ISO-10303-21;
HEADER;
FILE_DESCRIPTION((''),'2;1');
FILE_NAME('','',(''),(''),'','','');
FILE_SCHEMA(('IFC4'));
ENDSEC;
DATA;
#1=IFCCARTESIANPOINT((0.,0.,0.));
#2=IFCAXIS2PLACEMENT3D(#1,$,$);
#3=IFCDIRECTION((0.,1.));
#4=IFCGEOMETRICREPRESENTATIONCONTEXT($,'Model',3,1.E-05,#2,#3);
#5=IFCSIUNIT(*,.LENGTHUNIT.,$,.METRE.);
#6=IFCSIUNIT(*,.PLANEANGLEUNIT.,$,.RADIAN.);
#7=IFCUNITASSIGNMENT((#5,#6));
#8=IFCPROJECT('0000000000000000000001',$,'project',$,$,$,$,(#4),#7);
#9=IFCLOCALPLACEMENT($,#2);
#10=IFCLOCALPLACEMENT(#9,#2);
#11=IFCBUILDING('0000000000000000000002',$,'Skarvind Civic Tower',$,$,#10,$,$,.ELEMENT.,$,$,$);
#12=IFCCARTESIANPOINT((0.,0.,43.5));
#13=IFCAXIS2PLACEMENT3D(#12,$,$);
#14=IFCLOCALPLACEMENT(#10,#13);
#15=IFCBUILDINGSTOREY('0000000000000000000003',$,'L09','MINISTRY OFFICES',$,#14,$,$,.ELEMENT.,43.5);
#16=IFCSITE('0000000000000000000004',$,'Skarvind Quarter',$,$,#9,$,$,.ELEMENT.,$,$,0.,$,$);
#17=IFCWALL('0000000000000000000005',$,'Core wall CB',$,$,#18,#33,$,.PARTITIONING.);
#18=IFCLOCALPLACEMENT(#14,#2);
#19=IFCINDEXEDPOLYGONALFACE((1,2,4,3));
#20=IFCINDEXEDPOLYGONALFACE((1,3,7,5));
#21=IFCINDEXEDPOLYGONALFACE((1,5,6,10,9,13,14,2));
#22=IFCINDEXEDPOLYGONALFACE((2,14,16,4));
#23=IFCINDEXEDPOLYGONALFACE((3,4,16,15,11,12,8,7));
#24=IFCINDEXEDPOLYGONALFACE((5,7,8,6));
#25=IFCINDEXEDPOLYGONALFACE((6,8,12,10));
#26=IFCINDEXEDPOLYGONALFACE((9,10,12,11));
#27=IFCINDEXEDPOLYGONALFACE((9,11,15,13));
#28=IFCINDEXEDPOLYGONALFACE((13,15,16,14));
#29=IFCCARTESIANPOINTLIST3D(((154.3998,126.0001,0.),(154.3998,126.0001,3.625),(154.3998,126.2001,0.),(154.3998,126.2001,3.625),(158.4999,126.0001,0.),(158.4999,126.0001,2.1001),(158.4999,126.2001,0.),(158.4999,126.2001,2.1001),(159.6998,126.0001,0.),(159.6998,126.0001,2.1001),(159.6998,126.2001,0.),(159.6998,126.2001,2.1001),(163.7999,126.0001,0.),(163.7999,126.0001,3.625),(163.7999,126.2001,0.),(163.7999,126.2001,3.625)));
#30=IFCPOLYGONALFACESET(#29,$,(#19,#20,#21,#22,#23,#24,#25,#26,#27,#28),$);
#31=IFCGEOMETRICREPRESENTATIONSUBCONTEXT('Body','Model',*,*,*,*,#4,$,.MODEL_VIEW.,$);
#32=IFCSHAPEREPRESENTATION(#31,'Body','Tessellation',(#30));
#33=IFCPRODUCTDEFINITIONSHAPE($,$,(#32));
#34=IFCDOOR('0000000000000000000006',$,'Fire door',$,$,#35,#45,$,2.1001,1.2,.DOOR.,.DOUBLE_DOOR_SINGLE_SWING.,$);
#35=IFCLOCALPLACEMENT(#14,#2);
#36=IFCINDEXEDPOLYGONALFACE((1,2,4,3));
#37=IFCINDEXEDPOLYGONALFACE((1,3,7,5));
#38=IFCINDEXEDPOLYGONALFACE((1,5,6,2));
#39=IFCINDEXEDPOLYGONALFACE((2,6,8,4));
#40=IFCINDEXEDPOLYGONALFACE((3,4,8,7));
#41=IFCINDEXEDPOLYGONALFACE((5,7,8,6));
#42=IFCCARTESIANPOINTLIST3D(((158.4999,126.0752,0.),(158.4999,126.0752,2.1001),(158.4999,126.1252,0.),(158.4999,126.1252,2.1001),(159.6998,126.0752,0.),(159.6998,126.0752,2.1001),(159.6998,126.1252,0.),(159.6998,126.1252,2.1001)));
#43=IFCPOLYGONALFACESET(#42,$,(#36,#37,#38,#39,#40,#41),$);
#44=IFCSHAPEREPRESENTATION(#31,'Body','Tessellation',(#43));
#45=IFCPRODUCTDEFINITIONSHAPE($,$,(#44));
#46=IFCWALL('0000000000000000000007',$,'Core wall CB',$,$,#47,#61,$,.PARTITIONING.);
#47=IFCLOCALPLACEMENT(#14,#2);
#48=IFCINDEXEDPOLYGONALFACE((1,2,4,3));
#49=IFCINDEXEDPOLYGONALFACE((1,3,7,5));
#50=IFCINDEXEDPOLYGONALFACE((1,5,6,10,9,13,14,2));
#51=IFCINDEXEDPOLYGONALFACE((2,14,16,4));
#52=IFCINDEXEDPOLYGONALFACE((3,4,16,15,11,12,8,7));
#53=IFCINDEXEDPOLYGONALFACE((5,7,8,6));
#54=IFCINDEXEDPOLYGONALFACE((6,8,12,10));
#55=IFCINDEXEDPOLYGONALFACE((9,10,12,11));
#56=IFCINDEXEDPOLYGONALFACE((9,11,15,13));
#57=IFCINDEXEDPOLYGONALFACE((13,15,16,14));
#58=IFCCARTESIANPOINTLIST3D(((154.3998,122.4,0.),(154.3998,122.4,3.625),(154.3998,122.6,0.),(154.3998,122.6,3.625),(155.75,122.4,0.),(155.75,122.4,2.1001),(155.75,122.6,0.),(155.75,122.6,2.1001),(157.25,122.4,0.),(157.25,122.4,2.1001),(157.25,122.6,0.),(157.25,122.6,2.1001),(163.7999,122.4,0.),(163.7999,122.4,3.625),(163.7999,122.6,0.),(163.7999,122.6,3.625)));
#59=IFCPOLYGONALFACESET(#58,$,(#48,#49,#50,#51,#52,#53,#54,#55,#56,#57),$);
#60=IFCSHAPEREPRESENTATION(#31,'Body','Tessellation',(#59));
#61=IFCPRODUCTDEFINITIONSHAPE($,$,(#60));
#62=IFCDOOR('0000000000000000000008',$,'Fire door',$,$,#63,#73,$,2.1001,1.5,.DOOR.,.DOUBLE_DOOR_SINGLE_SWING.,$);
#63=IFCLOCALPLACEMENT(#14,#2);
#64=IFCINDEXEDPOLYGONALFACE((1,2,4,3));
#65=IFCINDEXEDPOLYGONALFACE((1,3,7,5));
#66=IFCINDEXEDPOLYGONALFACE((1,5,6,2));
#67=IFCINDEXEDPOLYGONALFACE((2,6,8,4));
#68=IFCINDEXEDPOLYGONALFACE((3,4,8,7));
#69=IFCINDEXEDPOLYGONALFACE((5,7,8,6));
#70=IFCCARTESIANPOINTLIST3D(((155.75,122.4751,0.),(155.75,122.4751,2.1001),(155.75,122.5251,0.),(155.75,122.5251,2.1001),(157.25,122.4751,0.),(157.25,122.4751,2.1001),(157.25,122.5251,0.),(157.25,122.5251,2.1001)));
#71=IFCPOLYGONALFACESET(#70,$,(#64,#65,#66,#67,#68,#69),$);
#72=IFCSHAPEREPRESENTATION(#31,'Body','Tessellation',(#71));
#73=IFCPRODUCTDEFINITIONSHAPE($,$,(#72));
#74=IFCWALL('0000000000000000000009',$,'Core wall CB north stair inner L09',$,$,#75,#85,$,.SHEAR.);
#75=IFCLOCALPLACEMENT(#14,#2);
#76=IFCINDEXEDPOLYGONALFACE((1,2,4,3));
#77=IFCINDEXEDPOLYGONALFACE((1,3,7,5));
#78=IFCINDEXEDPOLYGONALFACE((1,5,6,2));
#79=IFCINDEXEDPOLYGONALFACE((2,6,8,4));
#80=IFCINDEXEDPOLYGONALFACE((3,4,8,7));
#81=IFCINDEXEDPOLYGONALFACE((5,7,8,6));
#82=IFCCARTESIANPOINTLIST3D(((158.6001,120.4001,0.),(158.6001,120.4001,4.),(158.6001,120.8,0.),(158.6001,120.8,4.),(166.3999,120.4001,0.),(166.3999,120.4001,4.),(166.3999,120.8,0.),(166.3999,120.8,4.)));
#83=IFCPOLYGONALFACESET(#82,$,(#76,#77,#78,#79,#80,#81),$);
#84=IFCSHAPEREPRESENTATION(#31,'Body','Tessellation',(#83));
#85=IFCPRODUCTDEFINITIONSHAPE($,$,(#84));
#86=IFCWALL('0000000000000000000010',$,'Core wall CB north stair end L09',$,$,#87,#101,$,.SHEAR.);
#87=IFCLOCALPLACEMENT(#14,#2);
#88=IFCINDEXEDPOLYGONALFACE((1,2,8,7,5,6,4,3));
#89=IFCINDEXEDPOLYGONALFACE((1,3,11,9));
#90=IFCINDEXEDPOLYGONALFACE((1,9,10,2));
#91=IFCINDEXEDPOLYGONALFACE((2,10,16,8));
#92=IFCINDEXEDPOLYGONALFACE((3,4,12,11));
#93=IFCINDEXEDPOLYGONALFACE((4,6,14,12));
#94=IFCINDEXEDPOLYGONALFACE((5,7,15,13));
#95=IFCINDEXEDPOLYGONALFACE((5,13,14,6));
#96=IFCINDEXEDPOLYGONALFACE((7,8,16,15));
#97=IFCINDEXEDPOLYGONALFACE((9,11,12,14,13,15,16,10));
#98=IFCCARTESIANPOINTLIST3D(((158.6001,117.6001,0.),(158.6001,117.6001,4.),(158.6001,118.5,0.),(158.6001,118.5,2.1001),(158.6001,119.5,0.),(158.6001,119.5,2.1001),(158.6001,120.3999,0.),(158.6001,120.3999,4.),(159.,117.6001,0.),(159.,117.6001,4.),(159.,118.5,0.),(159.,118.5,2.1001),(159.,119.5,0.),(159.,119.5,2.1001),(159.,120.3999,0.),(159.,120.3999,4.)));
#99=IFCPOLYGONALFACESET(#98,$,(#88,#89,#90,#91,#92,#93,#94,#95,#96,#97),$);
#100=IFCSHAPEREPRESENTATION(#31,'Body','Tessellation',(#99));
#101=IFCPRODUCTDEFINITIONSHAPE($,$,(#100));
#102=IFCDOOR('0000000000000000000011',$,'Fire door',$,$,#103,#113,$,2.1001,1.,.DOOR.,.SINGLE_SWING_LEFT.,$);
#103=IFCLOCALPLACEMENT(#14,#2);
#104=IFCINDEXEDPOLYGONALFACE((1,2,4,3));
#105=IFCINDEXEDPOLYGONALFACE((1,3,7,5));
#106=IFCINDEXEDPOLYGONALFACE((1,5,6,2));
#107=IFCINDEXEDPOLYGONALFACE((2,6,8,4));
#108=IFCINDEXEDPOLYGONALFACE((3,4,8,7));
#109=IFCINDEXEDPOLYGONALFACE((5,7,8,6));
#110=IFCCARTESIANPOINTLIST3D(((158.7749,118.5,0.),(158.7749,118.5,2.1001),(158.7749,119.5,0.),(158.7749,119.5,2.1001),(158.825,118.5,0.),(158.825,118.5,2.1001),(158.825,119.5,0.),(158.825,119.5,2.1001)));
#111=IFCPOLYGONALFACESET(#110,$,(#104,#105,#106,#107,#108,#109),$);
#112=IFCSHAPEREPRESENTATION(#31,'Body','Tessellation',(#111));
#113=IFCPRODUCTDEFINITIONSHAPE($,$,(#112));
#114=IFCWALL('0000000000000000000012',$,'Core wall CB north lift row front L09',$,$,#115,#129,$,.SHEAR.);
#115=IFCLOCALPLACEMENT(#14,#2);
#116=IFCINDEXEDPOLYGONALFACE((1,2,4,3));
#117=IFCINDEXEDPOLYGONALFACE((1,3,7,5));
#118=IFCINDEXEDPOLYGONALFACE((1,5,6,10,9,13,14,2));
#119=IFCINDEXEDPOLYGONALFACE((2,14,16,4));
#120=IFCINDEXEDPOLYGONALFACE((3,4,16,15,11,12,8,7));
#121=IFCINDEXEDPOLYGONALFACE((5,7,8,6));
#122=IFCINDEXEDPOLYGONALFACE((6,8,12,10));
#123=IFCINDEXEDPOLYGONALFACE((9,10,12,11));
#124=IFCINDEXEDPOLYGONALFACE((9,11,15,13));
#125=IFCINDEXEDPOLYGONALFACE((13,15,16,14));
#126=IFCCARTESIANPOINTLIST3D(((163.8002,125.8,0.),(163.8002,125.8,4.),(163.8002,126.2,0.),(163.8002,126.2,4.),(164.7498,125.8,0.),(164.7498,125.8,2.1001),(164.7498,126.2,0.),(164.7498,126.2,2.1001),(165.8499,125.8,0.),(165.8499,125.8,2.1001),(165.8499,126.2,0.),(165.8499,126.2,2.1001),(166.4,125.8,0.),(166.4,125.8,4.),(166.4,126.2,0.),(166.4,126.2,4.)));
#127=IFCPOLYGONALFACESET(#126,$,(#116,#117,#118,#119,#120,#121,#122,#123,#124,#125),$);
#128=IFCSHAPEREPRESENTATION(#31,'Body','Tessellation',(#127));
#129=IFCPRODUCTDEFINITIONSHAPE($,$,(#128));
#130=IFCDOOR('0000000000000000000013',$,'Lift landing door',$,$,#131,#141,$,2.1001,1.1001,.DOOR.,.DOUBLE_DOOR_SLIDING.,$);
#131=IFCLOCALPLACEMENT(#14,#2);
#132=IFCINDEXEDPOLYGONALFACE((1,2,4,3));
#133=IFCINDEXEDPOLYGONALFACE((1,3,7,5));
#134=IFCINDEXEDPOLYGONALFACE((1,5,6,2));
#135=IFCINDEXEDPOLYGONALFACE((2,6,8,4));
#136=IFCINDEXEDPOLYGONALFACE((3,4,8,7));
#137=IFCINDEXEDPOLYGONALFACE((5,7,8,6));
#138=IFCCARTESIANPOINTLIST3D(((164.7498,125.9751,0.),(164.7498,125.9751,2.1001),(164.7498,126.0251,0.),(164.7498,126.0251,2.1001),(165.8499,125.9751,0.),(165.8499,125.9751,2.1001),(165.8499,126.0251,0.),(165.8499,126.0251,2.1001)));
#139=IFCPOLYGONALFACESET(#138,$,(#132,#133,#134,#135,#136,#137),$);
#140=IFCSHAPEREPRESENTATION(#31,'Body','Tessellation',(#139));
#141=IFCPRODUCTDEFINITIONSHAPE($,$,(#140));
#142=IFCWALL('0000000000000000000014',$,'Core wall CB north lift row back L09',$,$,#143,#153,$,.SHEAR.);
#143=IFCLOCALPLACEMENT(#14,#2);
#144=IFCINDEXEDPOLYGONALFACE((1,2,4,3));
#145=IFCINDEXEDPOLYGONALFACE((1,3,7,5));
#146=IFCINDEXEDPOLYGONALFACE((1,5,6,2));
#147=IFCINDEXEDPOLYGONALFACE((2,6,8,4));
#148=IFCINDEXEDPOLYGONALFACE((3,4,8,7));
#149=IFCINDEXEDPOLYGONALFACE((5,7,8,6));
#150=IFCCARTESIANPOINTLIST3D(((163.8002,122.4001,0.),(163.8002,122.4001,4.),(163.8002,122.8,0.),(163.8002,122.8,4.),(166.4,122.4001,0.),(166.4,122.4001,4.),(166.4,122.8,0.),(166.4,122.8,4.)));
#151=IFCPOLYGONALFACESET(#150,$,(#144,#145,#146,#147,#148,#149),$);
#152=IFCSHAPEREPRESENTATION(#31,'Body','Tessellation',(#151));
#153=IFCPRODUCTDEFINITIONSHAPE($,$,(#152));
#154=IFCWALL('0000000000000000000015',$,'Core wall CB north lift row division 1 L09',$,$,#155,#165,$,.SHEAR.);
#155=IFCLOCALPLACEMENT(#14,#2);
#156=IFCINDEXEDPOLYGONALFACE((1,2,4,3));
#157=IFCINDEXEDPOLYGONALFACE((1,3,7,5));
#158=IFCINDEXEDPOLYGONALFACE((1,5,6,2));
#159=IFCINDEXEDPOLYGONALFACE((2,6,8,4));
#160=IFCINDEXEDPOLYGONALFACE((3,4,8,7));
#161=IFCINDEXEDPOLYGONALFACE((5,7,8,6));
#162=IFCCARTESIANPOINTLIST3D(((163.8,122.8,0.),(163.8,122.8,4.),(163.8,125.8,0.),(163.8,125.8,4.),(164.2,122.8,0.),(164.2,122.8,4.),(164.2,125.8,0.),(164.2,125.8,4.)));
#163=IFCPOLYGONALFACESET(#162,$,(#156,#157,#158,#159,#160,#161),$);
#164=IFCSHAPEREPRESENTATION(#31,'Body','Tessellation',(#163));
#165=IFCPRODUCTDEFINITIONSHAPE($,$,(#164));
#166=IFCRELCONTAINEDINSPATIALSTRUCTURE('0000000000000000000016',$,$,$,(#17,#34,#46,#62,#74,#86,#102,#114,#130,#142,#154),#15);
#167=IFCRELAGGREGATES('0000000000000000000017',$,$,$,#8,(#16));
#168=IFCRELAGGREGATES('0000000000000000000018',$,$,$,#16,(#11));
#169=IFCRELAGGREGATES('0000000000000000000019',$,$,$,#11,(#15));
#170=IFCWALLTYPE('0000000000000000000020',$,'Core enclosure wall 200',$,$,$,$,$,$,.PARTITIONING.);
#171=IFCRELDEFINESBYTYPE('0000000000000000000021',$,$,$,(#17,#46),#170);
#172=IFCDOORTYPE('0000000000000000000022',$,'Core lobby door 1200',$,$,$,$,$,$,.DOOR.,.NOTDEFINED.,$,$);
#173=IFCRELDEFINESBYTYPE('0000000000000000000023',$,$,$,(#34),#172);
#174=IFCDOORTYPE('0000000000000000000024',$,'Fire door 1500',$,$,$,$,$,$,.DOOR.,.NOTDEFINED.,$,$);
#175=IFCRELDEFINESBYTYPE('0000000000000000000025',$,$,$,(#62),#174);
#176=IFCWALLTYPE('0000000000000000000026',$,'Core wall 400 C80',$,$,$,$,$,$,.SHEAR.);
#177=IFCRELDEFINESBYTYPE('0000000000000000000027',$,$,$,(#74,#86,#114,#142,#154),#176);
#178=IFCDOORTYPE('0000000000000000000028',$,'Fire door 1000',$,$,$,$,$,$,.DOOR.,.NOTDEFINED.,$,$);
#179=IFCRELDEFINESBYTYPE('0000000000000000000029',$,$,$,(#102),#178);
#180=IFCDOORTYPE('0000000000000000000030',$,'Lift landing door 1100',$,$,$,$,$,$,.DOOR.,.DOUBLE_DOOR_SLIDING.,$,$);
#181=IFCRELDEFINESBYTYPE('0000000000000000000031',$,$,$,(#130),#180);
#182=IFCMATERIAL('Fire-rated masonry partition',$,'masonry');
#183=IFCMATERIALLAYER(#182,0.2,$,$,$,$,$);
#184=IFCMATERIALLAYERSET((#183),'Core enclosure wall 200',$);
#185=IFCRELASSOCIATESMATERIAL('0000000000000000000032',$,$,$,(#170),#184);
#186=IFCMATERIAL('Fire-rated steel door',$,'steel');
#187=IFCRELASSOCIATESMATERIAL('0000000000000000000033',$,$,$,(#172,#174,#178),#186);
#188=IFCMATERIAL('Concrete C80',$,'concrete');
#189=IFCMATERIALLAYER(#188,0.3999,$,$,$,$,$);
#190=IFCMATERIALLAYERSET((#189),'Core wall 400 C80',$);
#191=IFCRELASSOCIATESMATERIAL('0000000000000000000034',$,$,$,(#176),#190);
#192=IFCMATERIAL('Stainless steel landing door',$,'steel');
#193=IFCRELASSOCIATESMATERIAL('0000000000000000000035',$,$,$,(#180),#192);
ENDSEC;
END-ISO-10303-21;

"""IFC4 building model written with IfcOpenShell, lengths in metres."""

from ifc_helpers import new_model, si_unit, direction, frame, frame_2d, origin, place, context, subcontext, project, spatial, rectangle, extrude, material, layer, layer_set, type_object, element, fill, save


model = new_model("IFC4")

# Units and contexts
model_context = context("Model", 3, precision=1e-05, world=origin(), true_north=direction((0.0, 1.0)))
body_context = subcontext(model_context, "Body", "Model", "MODEL_VIEW")
ifc_project = project(units=[si_unit("LENGTHUNIT", "METRE"), si_unit("PLANEANGLEUNIT", "RADIAN")], contexts=[model_context])

# Site, building, storey
site_placement = place(None, origin())
site = spatial("IfcSite", under=ifc_project, at=site_placement, Name="Skarvind Quarter", CompositionType="ELEMENT", RefElevation=0.0)
building_placement = place(site_placement, origin())
building = spatial("IfcBuilding", under=site, at=building_placement, Name="Skarvind Civic Tower", CompositionType="ELEMENT")
storey_placement = place(building_placement, frame((0.0, 0.0, 43.5)))
storey = spatial("IfcBuildingStorey", under=building, at=storey_placement, Name="L09", Description="MINISTRY OFFICES", CompositionType="ELEMENT", Elevation=43.5)

# Walls, openings, doors
ifc_material_1 = material(Name="Fire-rated masonry partition", Category="masonry")
ifc_layer_1 = layer(ifc_material_1, 0.2)
ifc_layer_set_1 = layer_set([ifc_layer_1], Name="Core enclosure wall 200")
wall_type_1 = type_object("IfcWallType", Name="Core enclosure wall 200", PredefinedType="PARTITIONING", material=ifc_layer_set_1)
wall_1_placement = place(storey_placement, frame((163.8, 126.1001, 0.0), z_axis=(0.0, 0.0, 1.0), x_axis=(-1.0, 0.0, 0.0)))
wall_1 = element("IfcWall", 1, at=wall_1_placement, inside=storey, type_object=wall_type_1, Name="Core wall CB", PredefinedType="PARTITIONING", context=body_context, shape_type="SweptSolid", body=[
    extrude(rectangle(XDim=9.4001, YDim=0.2, at=frame_2d((4.7002, 0.0))), origin(), (0.0, 0.0, 1.0), 3.625),
])
opening_1_placement = place(wall_1_placement, frame((4.1001, 0.0, 0.0)))
opening_1 = element("IfcOpeningElement", 2, at=opening_1_placement, cuts=wall_1, PredefinedType="OPENING", context=body_context, shape_type="SweptSolid", body=[
    extrude(rectangle(XDim=1.2, YDim=2.1001, at=frame_2d((0.6001, 1.05))), frame((0.0, 0.1099, 0.0), z_axis=(0.0, -1.0, 0.0), x_axis=(1.0, 0.0, 0.0)), (0.0, 0.0, 1.0), 0.22),
])
ifc_material_2 = material(Name="Fire-rated steel door", Category="steel")
door_type_1 = type_object("IfcDoorType", Name="Core lobby door 1200", OperationType="NOTDEFINED", PredefinedType="DOOR", material=ifc_material_2)
door_1_placement = place(opening_1_placement, origin())
door_1 = element("IfcDoor", 3, at=door_1_placement, inside=storey, type_object=door_type_1, Name="Fire door", OperationType="DOUBLE_DOOR_SINGLE_SWING", OverallHeight=2.1001, OverallWidth=1.2, PredefinedType="DOOR", context=body_context, shape_type="SweptSolid", body=[
    extrude(rectangle(XDim=1.2, YDim=2.1001, at=frame_2d((0.6001, 1.05))), frame((0.0, 0.0249, 0.0), z_axis=(0.0, -1.0, 0.0), x_axis=(1.0, 0.0, 0.0)), (0.0, 0.0, 1.0), 0.05),
])
fill(opening_1, door_1)
wall_2_placement = place(storey_placement, frame((163.8, 122.5, 0.0), z_axis=(0.0, 0.0, 1.0), x_axis=(-1.0, 0.0, 0.0)))
wall_2 = element("IfcWall", 4, at=wall_2_placement, inside=storey, type_object=wall_type_1, Name="Core wall CB", PredefinedType="PARTITIONING", context=body_context, shape_type="SweptSolid", body=[
    extrude(rectangle(XDim=9.4001, YDim=0.2, at=frame_2d((4.7002, 0.0))), origin(), (0.0, 0.0, 1.0), 3.625),
])
opening_2_placement = place(wall_2_placement, frame((6.55, 0.0, 0.0)))
opening_2 = element("IfcOpeningElement", 5, at=opening_2_placement, cuts=wall_2, PredefinedType="OPENING", context=body_context, shape_type="SweptSolid", body=[
    extrude(rectangle(XDim=1.5, YDim=2.1001, at=frame_2d((0.75, 1.05))), frame((0.0, 0.1099, 0.0), z_axis=(0.0, -1.0, 0.0), x_axis=(1.0, 0.0, 0.0)), (0.0, 0.0, 1.0), 0.22),
])
door_type_2 = type_object("IfcDoorType", Name="Fire door 1500", OperationType="NOTDEFINED", PredefinedType="DOOR", material=ifc_material_2)
door_2_placement = place(opening_2_placement, origin())
door_2 = element("IfcDoor", 6, at=door_2_placement, inside=storey, type_object=door_type_2, Name="Fire door", OperationType="DOUBLE_DOOR_SINGLE_SWING", OverallHeight=2.1001, OverallWidth=1.5, PredefinedType="DOOR", context=body_context, shape_type="SweptSolid", body=[
    extrude(rectangle(XDim=1.5, YDim=2.1001, at=frame_2d((0.75, 1.05))), frame((0.0, 0.0249, 0.0), z_axis=(0.0, -1.0, 0.0), x_axis=(1.0, 0.0, 0.0)), (0.0, 0.0, 1.0), 0.05),
])
fill(opening_2, door_2)

# Wall
ifc_material_3 = material(Name="Concrete C80", Category="concrete")
ifc_layer_2 = layer(ifc_material_3, 0.3999)
ifc_layer_set_2 = layer_set([ifc_layer_2], Name="Core wall 400 C80")
wall_type_2 = type_object("IfcWallType", Name="Core wall 400 C80", PredefinedType="SHEAR", material=ifc_layer_set_2)
wall_3_placement = place(storey_placement, frame((166.3999, 120.6001, 0.0), z_axis=(0.0, 0.0, 1.0), x_axis=(-1.0, 0.0, 0.0)))
element("IfcWall", 7, at=wall_3_placement, inside=storey, type_object=wall_type_2, Name="Core wall CB north stair inner L09", PredefinedType="SHEAR", context=body_context, shape_type="SweptSolid", body=[
    extrude(rectangle(XDim=7.7998, YDim=0.3999, at=frame_2d((3.8999, 0.0))), origin(), (0.0, 0.0, 1.0), 4.0),
])

# Walls, openings, doors
wall_4_placement = place(storey_placement, frame((158.8, 120.3999, 0.0), z_axis=(0.0, 0.0, 1.0), x_axis=(0.0, -1.0, 0.0)))
wall_4 = element("IfcWall", 8, at=wall_4_placement, inside=storey, type_object=wall_type_2, Name="Core wall CB north stair end L09", PredefinedType="SHEAR", context=body_context, shape_type="SweptSolid", body=[
    extrude(rectangle(XDim=2.7998, YDim=0.3999, at=frame_2d((1.3999, 0.0))), origin(), (0.0, 0.0, 1.0), 4.0),
])
opening_3_placement = place(wall_4_placement, frame((0.8999, 0.0, 0.0)))
opening_3 = element("IfcOpeningElement", 9, at=opening_3_placement, cuts=wall_4, PredefinedType="OPENING", context=body_context, shape_type="SweptSolid", body=[
    extrude(rectangle(XDim=1.0, YDim=2.1001, at=frame_2d((0.5, 1.05))), frame((0.0, 0.21, 0.0), z_axis=(0.0, -1.0, 0.0), x_axis=(1.0, 0.0, 0.0)), (0.0, 0.0, 1.0), 0.4199),
])
door_type_3 = type_object("IfcDoorType", Name="Fire door 1000", OperationType="NOTDEFINED", PredefinedType="DOOR", material=ifc_material_2)
door_3_placement = place(opening_3_placement, origin())
door_3 = element("IfcDoor", 10, at=door_3_placement, inside=storey, type_object=door_type_3, Name="Fire door", OperationType="SINGLE_SWING_LEFT", OverallHeight=2.1001, OverallWidth=1.0, PredefinedType="DOOR", context=body_context, shape_type="SweptSolid", body=[
    extrude(rectangle(XDim=1.0, YDim=2.1001, at=frame_2d((0.5, 1.05))), frame((0.0, 0.0249, 0.0), z_axis=(0.0, -1.0, 0.0), x_axis=(1.0, 0.0, 0.0)), (0.0, 0.0, 1.0), 0.05),
])
fill(opening_3, door_3)
wall_5_placement = place(storey_placement, frame((166.3999, 126.0, 0.0), z_axis=(0.0, 0.0, 1.0), x_axis=(-1.0, 0.0, 0.0)))
wall_5 = element("IfcWall", 11, at=wall_5_placement, inside=storey, type_object=wall_type_2, Name="Core wall CB north lift row front L09", PredefinedType="SHEAR", context=body_context, shape_type="SweptSolid", body=[
    extrude(rectangle(XDim=2.5999, YDim=0.3999, at=frame_2d((1.2998, 0.0))), origin(), (0.0, 0.0, 1.0), 4.0),
])
opening_4_placement = place(wall_5_placement, frame((0.55, 0.0, 0.0)))
opening_4 = element("IfcOpeningElement", 12, at=opening_4_placement, cuts=wall_5, PredefinedType="OPENING", context=body_context, shape_type="SweptSolid", body=[
    extrude(rectangle(XDim=1.1001, YDim=2.1001, at=frame_2d((0.55, 1.05))), frame((0.0, 0.21, 0.0), z_axis=(0.0, -1.0, 0.0), x_axis=(1.0, 0.0, 0.0)), (0.0, 0.0, 1.0), 0.4199),
])
ifc_material_4 = material(Name="Stainless steel landing door", Category="steel")
door_type_4 = type_object("IfcDoorType", Name="Lift landing door 1100", OperationType="DOUBLE_DOOR_SLIDING", PredefinedType="DOOR", material=ifc_material_4)
door_4_placement = place(opening_4_placement, origin())
door_4 = element("IfcDoor", 13, at=door_4_placement, inside=storey, type_object=door_type_4, Name="Lift landing door", OperationType="DOUBLE_DOOR_SLIDING", OverallHeight=2.1001, OverallWidth=1.1001, PredefinedType="DOOR", context=body_context, shape_type="SweptSolid", body=[
    extrude(rectangle(XDim=1.1001, YDim=2.1001, at=frame_2d((0.55, 1.05))), frame((0.0, 0.0249, 0.0), z_axis=(0.0, -1.0, 0.0), x_axis=(1.0, 0.0, 0.0)), (0.0, 0.0, 1.0), 0.05),
])
fill(opening_4, door_4)

# Walls
wall_6_placement = place(storey_placement, frame((166.3999, 122.6001, 0.0), z_axis=(0.0, 0.0, 1.0), x_axis=(-1.0, 0.0, 0.0)))
element("IfcWall", 14, at=wall_6_placement, inside=storey, type_object=wall_type_2, Name="Core wall CB north lift row back L09", PredefinedType="SHEAR", context=body_context, shape_type="SweptSolid", body=[
    extrude(rectangle(XDim=2.5999, YDim=0.3999, at=frame_2d((1.2998, 0.0))), origin(), (0.0, 0.0, 1.0), 4.0),
])
wall_7_placement = place(storey_placement, frame((164.0, 125.8, 0.0), z_axis=(0.0, 0.0, 1.0), x_axis=(0.0, -1.0, 0.0)))
element("IfcWall", 15, at=wall_7_placement, inside=storey, type_object=wall_type_2, Name="Core wall CB north lift row division 1 L09", PredefinedType="SHEAR", context=body_context, shape_type="SweptSolid", body=[
    extrude(rectangle(XDim=3.0, YDim=0.3999, at=frame_2d((1.5, 0.0))), origin(), (0.0, 0.0, 1.0), 4.0),
])

save(model, "model.ifc")
